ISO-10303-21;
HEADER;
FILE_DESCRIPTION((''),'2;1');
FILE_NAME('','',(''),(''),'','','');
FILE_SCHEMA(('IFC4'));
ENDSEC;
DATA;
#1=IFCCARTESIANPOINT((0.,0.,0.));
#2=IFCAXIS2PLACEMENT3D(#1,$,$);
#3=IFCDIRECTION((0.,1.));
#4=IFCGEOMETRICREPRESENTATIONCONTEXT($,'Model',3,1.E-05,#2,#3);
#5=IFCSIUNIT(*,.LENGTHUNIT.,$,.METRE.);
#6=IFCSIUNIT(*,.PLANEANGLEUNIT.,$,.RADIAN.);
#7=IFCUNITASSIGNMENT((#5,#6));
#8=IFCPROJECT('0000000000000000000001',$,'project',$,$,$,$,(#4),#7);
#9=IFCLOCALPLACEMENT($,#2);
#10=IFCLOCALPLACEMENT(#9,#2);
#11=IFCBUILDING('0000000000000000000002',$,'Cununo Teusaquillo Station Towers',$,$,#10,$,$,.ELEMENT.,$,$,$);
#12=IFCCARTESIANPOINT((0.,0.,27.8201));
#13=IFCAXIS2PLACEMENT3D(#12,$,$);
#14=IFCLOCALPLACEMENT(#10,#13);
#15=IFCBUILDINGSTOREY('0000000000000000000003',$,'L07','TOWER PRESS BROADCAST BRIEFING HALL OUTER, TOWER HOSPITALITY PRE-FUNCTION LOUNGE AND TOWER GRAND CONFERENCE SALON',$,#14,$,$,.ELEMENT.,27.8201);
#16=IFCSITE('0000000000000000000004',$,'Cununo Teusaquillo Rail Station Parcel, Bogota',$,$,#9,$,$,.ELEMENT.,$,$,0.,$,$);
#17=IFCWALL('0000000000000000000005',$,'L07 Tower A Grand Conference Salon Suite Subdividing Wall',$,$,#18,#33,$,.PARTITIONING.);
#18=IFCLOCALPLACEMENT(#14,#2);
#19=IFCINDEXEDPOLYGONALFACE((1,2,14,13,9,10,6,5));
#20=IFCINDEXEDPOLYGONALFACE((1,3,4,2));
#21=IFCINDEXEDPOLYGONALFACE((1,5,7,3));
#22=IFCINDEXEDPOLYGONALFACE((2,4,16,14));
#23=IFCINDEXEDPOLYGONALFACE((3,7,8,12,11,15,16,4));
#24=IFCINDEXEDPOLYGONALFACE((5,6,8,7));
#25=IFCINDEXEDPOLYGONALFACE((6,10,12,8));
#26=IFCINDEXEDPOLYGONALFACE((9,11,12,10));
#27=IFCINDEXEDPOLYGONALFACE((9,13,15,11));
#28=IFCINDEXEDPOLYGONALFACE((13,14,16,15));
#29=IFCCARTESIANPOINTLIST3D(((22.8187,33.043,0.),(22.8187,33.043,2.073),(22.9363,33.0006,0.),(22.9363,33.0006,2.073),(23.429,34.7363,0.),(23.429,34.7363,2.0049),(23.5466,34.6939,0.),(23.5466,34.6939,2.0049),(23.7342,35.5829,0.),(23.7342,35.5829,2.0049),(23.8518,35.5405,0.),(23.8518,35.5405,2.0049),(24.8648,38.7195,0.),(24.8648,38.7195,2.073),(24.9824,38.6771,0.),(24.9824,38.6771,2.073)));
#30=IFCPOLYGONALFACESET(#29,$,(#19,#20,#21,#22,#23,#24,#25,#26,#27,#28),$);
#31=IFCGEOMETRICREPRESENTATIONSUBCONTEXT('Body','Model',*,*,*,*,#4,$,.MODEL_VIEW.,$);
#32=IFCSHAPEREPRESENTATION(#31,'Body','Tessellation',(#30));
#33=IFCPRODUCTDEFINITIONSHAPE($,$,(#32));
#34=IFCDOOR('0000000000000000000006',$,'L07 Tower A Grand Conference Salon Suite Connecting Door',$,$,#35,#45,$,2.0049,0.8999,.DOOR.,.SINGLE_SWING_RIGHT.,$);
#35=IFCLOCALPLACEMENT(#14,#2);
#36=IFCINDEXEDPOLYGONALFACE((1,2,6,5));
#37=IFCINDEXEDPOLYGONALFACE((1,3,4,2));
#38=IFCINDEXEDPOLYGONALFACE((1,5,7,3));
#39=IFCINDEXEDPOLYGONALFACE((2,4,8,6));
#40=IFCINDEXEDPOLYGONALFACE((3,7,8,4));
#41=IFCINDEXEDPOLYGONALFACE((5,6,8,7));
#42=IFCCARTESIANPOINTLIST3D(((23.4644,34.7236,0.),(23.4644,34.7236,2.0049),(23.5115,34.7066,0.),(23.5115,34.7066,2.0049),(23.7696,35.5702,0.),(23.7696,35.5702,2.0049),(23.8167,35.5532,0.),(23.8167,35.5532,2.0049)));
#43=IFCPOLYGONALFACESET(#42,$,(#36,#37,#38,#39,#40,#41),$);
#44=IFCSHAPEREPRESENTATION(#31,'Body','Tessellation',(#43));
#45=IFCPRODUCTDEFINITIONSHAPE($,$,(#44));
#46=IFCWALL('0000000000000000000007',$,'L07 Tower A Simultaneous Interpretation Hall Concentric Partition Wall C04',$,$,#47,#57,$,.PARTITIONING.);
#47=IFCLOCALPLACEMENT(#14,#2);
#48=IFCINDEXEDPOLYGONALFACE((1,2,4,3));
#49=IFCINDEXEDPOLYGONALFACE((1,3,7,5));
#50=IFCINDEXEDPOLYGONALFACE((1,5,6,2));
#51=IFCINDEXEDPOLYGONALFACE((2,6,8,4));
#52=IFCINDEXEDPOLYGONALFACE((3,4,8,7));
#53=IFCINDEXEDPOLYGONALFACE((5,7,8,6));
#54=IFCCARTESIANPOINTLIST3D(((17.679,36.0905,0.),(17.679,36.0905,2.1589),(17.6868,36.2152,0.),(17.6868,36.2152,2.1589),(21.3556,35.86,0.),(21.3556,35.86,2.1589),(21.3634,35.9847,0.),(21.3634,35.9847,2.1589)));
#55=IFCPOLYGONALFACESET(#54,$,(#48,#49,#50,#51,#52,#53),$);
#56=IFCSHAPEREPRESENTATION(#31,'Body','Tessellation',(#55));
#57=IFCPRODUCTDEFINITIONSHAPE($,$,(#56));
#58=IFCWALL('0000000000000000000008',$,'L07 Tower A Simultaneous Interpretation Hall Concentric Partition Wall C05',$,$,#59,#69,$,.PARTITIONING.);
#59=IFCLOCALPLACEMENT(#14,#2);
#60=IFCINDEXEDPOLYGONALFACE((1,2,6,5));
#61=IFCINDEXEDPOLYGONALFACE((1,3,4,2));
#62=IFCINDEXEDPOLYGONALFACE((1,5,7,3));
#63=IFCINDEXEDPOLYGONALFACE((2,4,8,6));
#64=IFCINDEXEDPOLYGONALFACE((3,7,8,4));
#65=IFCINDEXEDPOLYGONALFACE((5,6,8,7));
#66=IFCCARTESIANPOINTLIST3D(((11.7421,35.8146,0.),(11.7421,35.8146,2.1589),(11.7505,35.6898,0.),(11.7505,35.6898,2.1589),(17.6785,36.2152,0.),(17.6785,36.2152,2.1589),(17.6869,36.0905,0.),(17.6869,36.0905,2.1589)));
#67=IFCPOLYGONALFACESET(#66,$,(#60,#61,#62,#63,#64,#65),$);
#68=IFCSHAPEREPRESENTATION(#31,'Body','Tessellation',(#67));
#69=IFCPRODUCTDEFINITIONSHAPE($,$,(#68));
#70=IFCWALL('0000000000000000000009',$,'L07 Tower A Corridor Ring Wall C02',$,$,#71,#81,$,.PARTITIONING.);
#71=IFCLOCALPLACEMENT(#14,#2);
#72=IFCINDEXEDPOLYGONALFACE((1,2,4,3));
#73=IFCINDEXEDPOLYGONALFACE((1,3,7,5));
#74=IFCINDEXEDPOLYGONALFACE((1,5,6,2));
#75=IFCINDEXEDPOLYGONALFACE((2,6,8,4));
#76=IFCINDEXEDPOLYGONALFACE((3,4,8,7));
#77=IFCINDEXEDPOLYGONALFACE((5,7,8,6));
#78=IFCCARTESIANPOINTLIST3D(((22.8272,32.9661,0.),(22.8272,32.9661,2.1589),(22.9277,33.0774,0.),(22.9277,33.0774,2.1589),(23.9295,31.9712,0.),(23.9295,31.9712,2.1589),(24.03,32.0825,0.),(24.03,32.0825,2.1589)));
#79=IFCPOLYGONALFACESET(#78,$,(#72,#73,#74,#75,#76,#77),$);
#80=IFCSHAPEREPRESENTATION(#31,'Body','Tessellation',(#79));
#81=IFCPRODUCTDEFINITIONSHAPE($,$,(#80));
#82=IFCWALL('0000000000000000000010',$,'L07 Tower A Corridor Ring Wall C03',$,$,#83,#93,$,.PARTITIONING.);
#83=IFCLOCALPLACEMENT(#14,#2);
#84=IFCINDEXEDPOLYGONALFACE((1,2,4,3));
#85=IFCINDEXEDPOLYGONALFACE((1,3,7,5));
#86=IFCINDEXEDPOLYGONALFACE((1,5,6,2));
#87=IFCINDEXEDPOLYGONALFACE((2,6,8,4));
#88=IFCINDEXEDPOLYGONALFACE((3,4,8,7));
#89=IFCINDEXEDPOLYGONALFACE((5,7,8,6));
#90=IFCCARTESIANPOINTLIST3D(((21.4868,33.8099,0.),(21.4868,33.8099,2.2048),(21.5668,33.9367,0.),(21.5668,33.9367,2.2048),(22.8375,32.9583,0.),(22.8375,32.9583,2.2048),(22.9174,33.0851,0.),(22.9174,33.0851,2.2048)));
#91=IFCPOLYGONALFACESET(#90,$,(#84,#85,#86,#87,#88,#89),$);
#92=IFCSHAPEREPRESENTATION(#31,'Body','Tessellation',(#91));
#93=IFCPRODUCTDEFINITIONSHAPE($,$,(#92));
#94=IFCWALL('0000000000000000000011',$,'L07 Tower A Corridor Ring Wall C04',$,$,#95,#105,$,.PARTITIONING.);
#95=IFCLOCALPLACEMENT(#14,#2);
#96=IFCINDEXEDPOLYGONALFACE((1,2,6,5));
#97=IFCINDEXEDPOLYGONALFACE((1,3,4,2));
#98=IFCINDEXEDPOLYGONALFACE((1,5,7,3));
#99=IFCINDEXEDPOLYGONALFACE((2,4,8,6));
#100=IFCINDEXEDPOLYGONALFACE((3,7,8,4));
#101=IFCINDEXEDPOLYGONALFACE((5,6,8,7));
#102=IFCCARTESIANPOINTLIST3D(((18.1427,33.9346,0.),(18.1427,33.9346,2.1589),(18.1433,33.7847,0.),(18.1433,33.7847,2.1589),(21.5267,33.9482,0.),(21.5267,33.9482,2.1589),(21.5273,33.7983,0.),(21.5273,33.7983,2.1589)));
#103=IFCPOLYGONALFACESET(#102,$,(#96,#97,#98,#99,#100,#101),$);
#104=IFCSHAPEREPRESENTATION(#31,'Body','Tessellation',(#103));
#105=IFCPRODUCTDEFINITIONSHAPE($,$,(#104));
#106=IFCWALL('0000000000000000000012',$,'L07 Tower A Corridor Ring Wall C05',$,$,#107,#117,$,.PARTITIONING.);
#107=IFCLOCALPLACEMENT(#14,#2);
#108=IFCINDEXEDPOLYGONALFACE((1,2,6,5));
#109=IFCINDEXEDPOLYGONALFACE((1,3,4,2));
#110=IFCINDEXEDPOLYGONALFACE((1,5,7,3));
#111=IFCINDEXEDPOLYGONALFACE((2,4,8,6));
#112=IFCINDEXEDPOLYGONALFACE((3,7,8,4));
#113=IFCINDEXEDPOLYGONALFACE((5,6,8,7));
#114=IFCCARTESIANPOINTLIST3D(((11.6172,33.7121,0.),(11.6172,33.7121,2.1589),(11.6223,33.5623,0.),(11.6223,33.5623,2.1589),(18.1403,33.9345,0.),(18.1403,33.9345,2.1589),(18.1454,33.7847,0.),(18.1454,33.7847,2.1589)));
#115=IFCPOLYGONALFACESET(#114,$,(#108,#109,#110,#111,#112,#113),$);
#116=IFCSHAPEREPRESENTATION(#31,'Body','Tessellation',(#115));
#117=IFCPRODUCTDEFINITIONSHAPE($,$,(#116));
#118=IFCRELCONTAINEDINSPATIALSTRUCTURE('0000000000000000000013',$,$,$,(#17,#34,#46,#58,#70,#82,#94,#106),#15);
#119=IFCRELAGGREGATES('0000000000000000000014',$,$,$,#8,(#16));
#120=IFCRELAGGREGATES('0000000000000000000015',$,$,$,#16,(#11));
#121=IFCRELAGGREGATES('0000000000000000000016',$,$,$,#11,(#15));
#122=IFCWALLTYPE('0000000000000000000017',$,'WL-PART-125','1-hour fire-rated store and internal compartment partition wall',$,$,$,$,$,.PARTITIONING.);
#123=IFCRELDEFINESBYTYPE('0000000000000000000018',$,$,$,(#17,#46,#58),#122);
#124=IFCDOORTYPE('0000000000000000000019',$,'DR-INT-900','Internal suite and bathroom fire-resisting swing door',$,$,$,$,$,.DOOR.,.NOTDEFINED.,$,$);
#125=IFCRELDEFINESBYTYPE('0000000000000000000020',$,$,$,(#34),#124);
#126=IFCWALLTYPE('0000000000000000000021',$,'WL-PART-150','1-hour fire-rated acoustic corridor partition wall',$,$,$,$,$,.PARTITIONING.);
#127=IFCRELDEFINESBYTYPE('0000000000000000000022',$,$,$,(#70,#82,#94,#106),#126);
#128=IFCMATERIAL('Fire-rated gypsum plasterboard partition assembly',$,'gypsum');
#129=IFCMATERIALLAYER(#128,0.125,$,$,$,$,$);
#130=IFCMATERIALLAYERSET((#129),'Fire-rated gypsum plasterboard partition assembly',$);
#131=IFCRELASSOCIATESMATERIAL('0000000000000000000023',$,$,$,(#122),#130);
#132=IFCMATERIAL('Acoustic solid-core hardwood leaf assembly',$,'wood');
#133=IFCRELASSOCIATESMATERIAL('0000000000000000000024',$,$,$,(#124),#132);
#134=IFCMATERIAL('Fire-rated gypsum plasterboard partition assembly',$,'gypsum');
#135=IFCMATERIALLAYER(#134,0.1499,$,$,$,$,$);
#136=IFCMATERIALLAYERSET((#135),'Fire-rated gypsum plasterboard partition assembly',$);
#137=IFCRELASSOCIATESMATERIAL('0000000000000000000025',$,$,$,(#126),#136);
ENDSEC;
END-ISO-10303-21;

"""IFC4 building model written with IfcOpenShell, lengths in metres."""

from ifc_helpers import new_model, si_unit, direction, frame, frame_2d, origin, place, context, subcontext, project, spatial, rectangle, extrude, source, transform, mapped, material, layer, layer_set, type_object, element, fill, save


model = new_model("IFC4")

# Units and contexts
model_context = context("Model", 3, precision=1e-05, world=origin(), true_north=direction((0.0, 1.0)))
body_context = subcontext(model_context, "Body", "Model", "MODEL_VIEW")
ifc_project = project(units=[si_unit("LENGTHUNIT", "METRE"), si_unit("PLANEANGLEUNIT", "RADIAN")], contexts=[model_context])

# Site, building, storey
site_placement = place(None, origin())
site = spatial("IfcSite", under=ifc_project, at=site_placement, Name="Cununo Teusaquillo Rail Station Parcel, Bogota", CompositionType="ELEMENT", RefElevation=0.0)
building_placement = place(site_placement, origin())
building = spatial("IfcBuilding", under=site, at=building_placement, Name="Cununo Teusaquillo Station Towers", CompositionType="ELEMENT")
storey_placement = place(building_placement, frame((0.0, 0.0, 27.8201)))
storey = spatial("IfcBuildingStorey", under=building, at=storey_placement, Name="L07", Description="TOWER PRESS BROADCAST BRIEFING HALL OUTER, TOWER HOSPITALITY PRE-FUNCTION LOUNGE AND TOWER GRAND CONFERENCE SALON", CompositionType="ELEMENT", Elevation=27.8201)

# Wall, opening, door
ifc_material_1 = material(Name="Fire-rated gypsum plasterboard partition assembly", Category="gypsum")
ifc_layer_1 = layer(ifc_material_1, 0.125)
ifc_layer_set_1 = layer_set([ifc_layer_1], Name="Fire-rated gypsum plasterboard partition assembly")
wall_type_1 = type_object("IfcWallType", Name="WL-PART-125", Description="1-hour fire-rated store and internal compartment partition wall", PredefinedType="PARTITIONING", material=ifc_layer_set_1)
wall_1_placement = place(storey_placement, frame((22.8774, 33.0217, 0.0), z_axis=(0.0, 0.0, 1.0), x_axis=(0.339101, 0.94075, 0.0)))
wall_1 = element("IfcWall", 1, at=wall_1_placement, inside=storey, type_object=wall_type_1, Name="L07 Tower A Grand Conference Salon Suite Subdividing Wall", PredefinedType="PARTITIONING", context=body_context, shape_type="SweptSolid", body=[
    extrude(rectangle(XDim=6.0339, YDim=0.125, at=frame_2d((3.0171, 0.0))), origin(), (0.0, 0.0, 1.0), 2.073),
])
shared_shape_1 = source(origin(), body_context, "Body", "SweptSolid", [
    extrude(rectangle(XDim=0.8999, YDim=2.0049, at=frame_2d((0.45, 1.0024))), frame((0.0, 0.0725, 0.0), z_axis=(0.0, -1.0, 0.0), x_axis=(1.0, 0.0, 0.0)), (0.0, 0.0, 1.0), 0.145),
])
opening_1_placement = place(wall_1_placement, frame((1.8, 0.0, 0.0)))
opening_1 = element("IfcOpeningElement", 2, at=opening_1_placement, cuts=wall_1, PredefinedType="OPENING", context=body_context, shape_type="MappedRepresentation", body=[
    mapped(shared_shape_1, transform((0.0, 0.0, 0.0), x_axis=(1.0, 0.0, 0.0), y_axis=(0.0, 1.0, 0.0), z_axis=(0.0, 0.0, 1.0), scale=1.0)),
])
ifc_material_2 = material(Name="Acoustic solid-core hardwood leaf assembly", Category="wood")
door_type = type_object("IfcDoorType", Name="DR-INT-900", Description="Internal suite and bathroom fire-resisting swing door", OperationType="NOTDEFINED", PredefinedType="DOOR", material=ifc_material_2)
shared_shape_2 = source(origin(), body_context, "Body", "SweptSolid", [
    extrude(rectangle(XDim=0.8999, YDim=2.0049, at=frame_2d((0.45, 1.0024))), frame((0.0, 0.0249, 0.0), z_axis=(0.0, -1.0, 0.0), x_axis=(1.0, 0.0, 0.0)), (0.0, 0.0, 1.0), 0.05),
])
door_placement = place(opening_1_placement, origin())
door = element("IfcDoor", 3, at=door_placement, inside=storey, type_object=door_type, Name="L07 Tower A Grand Conference Salon Suite Connecting Door", OperationType="SINGLE_SWING_RIGHT", OverallHeight=2.0049, OverallWidth=0.8999, PredefinedType="DOOR", context=body_context, shape_type="MappedRepresentation", body=[
    mapped(shared_shape_2, transform((0.0, 0.0, 0.0), x_axis=(1.0, 0.0, 0.0), y_axis=(0.0, 1.0, 0.0), z_axis=(0.0, 0.0, 1.0), scale=1.0)),
])
fill(opening_1, door)

# Walls
wall_2_placement = place(storey_placement, frame((21.3594, 35.9224, 0.0), z_axis=(0.0, 0.0, 1.0), x_axis=(-0.998041, 0.062564, 0.0)))
element("IfcWall", 4, at=wall_2_placement, inside=storey, type_object=wall_type_1, Name="L07 Tower A Simultaneous Interpretation Hall Concentric Partition Wall C04", PredefinedType="PARTITIONING", context=body_context, shape_type="SweptSolid", body=[
    extrude(rectangle(XDim=3.6838, YDim=0.125, at=frame_2d((1.8418, 0.0))), origin(), (0.0, 0.0, 1.0), 2.1589),
])
wall_3_placement = place(storey_placement, frame((17.6829, 36.1528, 0.0), z_axis=(0.0, 0.0, 1.0), x_axis=(-0.997731, -0.067333, 0.0)))
element("IfcWall", 5, at=wall_3_placement, inside=storey, type_object=wall_type_1, Name="L07 Tower A Simultaneous Interpretation Hall Concentric Partition Wall C05", PredefinedType="PARTITIONING", context=body_context, shape_type="SweptSolid", body=[
    extrude(rectangle(XDim=5.95, YDim=0.125, at=frame_2d((2.9751, 0.0))), origin(), (0.0, 0.0, 1.0), 2.1589),
])
ifc_material_3 = material(Name="Fire-rated gypsum plasterboard partition assembly", Category="gypsum")
ifc_layer_2 = layer(ifc_material_3, 0.1499)
ifc_layer_set_2 = layer_set([ifc_layer_2], Name="Fire-rated gypsum plasterboard partition assembly")
wall_type_2 = type_object("IfcWallType", Name="WL-PART-150", Description="1-hour fire-rated acoustic corridor partition wall", PredefinedType="PARTITIONING", material=ifc_layer_set_2)
wall_4_placement = place(storey_placement, frame((23.9797, 32.0269, 0.0), z_axis=(0.0, 0.0, 1.0), x_axis=(-0.742353, 0.670009, 0.0)))
element("IfcWall", 6, at=wall_4_placement, inside=storey, type_object=wall_type_2, Name="L07 Tower A Corridor Ring Wall C02", PredefinedType="PARTITIONING", context=body_context, shape_type="SweptSolid", body=[
    extrude(rectangle(XDim=1.4849, YDim=0.1499, at=frame_2d((0.7424, 0.0))), origin(), (0.0, 0.0, 1.0), 2.1589),
])
wall_5_placement = place(storey_placement, frame((22.8774, 33.0217, 0.0), z_axis=(0.0, 0.0, 1.0), x_axis=(-0.845896, 0.533348, 0.0)))
element("IfcWall", 7, at=wall_5_placement, inside=storey, type_object=wall_type_2, Name="L07 Tower A Corridor Ring Wall C03", PredefinedType="PARTITIONING", context=body_context, shape_type="SweptSolid", body=[
    extrude(rectangle(XDim=1.5967, YDim=0.1499, at=frame_2d((0.7983, 0.0))), origin(), (0.0, 0.0, 1.0), 2.2048),
])
wall_6_placement = place(storey_placement, frame((21.5269, 33.8733, 0.0), z_axis=(0.0, 0.0, 1.0), x_axis=(-0.999992, -0.00404, 0.0)))
element("IfcWall", 8, at=wall_6_placement, inside=storey, type_object=wall_type_2, Name="L07 Tower A Corridor Ring Wall C04", PredefinedType="PARTITIONING", context=body_context, shape_type="SweptSolid", body=[
    extrude(rectangle(XDim=3.384, YDim=0.1499, at=frame_2d((1.6919, 0.0))), origin(), (0.0, 0.0, 1.0), 2.1589),
])
wall_7_placement = place(storey_placement, frame((18.1428, 33.8596, 0.0), z_axis=(0.0, 0.0, 1.0), x_axis=(-0.999419, -0.034077, 0.0)))
element("IfcWall", 9, at=wall_7_placement, inside=storey, type_object=wall_type_2, Name="L07 Tower A Corridor Ring Wall C05", PredefinedType="PARTITIONING", context=body_context, shape_type="SweptSolid", body=[
    extrude(rectangle(XDim=6.5269, YDim=0.1499, at=frame_2d((3.2634, 0.0))), origin(), (0.0, 0.0, 1.0), 2.1589),
])

save(model, "model.ifc")
